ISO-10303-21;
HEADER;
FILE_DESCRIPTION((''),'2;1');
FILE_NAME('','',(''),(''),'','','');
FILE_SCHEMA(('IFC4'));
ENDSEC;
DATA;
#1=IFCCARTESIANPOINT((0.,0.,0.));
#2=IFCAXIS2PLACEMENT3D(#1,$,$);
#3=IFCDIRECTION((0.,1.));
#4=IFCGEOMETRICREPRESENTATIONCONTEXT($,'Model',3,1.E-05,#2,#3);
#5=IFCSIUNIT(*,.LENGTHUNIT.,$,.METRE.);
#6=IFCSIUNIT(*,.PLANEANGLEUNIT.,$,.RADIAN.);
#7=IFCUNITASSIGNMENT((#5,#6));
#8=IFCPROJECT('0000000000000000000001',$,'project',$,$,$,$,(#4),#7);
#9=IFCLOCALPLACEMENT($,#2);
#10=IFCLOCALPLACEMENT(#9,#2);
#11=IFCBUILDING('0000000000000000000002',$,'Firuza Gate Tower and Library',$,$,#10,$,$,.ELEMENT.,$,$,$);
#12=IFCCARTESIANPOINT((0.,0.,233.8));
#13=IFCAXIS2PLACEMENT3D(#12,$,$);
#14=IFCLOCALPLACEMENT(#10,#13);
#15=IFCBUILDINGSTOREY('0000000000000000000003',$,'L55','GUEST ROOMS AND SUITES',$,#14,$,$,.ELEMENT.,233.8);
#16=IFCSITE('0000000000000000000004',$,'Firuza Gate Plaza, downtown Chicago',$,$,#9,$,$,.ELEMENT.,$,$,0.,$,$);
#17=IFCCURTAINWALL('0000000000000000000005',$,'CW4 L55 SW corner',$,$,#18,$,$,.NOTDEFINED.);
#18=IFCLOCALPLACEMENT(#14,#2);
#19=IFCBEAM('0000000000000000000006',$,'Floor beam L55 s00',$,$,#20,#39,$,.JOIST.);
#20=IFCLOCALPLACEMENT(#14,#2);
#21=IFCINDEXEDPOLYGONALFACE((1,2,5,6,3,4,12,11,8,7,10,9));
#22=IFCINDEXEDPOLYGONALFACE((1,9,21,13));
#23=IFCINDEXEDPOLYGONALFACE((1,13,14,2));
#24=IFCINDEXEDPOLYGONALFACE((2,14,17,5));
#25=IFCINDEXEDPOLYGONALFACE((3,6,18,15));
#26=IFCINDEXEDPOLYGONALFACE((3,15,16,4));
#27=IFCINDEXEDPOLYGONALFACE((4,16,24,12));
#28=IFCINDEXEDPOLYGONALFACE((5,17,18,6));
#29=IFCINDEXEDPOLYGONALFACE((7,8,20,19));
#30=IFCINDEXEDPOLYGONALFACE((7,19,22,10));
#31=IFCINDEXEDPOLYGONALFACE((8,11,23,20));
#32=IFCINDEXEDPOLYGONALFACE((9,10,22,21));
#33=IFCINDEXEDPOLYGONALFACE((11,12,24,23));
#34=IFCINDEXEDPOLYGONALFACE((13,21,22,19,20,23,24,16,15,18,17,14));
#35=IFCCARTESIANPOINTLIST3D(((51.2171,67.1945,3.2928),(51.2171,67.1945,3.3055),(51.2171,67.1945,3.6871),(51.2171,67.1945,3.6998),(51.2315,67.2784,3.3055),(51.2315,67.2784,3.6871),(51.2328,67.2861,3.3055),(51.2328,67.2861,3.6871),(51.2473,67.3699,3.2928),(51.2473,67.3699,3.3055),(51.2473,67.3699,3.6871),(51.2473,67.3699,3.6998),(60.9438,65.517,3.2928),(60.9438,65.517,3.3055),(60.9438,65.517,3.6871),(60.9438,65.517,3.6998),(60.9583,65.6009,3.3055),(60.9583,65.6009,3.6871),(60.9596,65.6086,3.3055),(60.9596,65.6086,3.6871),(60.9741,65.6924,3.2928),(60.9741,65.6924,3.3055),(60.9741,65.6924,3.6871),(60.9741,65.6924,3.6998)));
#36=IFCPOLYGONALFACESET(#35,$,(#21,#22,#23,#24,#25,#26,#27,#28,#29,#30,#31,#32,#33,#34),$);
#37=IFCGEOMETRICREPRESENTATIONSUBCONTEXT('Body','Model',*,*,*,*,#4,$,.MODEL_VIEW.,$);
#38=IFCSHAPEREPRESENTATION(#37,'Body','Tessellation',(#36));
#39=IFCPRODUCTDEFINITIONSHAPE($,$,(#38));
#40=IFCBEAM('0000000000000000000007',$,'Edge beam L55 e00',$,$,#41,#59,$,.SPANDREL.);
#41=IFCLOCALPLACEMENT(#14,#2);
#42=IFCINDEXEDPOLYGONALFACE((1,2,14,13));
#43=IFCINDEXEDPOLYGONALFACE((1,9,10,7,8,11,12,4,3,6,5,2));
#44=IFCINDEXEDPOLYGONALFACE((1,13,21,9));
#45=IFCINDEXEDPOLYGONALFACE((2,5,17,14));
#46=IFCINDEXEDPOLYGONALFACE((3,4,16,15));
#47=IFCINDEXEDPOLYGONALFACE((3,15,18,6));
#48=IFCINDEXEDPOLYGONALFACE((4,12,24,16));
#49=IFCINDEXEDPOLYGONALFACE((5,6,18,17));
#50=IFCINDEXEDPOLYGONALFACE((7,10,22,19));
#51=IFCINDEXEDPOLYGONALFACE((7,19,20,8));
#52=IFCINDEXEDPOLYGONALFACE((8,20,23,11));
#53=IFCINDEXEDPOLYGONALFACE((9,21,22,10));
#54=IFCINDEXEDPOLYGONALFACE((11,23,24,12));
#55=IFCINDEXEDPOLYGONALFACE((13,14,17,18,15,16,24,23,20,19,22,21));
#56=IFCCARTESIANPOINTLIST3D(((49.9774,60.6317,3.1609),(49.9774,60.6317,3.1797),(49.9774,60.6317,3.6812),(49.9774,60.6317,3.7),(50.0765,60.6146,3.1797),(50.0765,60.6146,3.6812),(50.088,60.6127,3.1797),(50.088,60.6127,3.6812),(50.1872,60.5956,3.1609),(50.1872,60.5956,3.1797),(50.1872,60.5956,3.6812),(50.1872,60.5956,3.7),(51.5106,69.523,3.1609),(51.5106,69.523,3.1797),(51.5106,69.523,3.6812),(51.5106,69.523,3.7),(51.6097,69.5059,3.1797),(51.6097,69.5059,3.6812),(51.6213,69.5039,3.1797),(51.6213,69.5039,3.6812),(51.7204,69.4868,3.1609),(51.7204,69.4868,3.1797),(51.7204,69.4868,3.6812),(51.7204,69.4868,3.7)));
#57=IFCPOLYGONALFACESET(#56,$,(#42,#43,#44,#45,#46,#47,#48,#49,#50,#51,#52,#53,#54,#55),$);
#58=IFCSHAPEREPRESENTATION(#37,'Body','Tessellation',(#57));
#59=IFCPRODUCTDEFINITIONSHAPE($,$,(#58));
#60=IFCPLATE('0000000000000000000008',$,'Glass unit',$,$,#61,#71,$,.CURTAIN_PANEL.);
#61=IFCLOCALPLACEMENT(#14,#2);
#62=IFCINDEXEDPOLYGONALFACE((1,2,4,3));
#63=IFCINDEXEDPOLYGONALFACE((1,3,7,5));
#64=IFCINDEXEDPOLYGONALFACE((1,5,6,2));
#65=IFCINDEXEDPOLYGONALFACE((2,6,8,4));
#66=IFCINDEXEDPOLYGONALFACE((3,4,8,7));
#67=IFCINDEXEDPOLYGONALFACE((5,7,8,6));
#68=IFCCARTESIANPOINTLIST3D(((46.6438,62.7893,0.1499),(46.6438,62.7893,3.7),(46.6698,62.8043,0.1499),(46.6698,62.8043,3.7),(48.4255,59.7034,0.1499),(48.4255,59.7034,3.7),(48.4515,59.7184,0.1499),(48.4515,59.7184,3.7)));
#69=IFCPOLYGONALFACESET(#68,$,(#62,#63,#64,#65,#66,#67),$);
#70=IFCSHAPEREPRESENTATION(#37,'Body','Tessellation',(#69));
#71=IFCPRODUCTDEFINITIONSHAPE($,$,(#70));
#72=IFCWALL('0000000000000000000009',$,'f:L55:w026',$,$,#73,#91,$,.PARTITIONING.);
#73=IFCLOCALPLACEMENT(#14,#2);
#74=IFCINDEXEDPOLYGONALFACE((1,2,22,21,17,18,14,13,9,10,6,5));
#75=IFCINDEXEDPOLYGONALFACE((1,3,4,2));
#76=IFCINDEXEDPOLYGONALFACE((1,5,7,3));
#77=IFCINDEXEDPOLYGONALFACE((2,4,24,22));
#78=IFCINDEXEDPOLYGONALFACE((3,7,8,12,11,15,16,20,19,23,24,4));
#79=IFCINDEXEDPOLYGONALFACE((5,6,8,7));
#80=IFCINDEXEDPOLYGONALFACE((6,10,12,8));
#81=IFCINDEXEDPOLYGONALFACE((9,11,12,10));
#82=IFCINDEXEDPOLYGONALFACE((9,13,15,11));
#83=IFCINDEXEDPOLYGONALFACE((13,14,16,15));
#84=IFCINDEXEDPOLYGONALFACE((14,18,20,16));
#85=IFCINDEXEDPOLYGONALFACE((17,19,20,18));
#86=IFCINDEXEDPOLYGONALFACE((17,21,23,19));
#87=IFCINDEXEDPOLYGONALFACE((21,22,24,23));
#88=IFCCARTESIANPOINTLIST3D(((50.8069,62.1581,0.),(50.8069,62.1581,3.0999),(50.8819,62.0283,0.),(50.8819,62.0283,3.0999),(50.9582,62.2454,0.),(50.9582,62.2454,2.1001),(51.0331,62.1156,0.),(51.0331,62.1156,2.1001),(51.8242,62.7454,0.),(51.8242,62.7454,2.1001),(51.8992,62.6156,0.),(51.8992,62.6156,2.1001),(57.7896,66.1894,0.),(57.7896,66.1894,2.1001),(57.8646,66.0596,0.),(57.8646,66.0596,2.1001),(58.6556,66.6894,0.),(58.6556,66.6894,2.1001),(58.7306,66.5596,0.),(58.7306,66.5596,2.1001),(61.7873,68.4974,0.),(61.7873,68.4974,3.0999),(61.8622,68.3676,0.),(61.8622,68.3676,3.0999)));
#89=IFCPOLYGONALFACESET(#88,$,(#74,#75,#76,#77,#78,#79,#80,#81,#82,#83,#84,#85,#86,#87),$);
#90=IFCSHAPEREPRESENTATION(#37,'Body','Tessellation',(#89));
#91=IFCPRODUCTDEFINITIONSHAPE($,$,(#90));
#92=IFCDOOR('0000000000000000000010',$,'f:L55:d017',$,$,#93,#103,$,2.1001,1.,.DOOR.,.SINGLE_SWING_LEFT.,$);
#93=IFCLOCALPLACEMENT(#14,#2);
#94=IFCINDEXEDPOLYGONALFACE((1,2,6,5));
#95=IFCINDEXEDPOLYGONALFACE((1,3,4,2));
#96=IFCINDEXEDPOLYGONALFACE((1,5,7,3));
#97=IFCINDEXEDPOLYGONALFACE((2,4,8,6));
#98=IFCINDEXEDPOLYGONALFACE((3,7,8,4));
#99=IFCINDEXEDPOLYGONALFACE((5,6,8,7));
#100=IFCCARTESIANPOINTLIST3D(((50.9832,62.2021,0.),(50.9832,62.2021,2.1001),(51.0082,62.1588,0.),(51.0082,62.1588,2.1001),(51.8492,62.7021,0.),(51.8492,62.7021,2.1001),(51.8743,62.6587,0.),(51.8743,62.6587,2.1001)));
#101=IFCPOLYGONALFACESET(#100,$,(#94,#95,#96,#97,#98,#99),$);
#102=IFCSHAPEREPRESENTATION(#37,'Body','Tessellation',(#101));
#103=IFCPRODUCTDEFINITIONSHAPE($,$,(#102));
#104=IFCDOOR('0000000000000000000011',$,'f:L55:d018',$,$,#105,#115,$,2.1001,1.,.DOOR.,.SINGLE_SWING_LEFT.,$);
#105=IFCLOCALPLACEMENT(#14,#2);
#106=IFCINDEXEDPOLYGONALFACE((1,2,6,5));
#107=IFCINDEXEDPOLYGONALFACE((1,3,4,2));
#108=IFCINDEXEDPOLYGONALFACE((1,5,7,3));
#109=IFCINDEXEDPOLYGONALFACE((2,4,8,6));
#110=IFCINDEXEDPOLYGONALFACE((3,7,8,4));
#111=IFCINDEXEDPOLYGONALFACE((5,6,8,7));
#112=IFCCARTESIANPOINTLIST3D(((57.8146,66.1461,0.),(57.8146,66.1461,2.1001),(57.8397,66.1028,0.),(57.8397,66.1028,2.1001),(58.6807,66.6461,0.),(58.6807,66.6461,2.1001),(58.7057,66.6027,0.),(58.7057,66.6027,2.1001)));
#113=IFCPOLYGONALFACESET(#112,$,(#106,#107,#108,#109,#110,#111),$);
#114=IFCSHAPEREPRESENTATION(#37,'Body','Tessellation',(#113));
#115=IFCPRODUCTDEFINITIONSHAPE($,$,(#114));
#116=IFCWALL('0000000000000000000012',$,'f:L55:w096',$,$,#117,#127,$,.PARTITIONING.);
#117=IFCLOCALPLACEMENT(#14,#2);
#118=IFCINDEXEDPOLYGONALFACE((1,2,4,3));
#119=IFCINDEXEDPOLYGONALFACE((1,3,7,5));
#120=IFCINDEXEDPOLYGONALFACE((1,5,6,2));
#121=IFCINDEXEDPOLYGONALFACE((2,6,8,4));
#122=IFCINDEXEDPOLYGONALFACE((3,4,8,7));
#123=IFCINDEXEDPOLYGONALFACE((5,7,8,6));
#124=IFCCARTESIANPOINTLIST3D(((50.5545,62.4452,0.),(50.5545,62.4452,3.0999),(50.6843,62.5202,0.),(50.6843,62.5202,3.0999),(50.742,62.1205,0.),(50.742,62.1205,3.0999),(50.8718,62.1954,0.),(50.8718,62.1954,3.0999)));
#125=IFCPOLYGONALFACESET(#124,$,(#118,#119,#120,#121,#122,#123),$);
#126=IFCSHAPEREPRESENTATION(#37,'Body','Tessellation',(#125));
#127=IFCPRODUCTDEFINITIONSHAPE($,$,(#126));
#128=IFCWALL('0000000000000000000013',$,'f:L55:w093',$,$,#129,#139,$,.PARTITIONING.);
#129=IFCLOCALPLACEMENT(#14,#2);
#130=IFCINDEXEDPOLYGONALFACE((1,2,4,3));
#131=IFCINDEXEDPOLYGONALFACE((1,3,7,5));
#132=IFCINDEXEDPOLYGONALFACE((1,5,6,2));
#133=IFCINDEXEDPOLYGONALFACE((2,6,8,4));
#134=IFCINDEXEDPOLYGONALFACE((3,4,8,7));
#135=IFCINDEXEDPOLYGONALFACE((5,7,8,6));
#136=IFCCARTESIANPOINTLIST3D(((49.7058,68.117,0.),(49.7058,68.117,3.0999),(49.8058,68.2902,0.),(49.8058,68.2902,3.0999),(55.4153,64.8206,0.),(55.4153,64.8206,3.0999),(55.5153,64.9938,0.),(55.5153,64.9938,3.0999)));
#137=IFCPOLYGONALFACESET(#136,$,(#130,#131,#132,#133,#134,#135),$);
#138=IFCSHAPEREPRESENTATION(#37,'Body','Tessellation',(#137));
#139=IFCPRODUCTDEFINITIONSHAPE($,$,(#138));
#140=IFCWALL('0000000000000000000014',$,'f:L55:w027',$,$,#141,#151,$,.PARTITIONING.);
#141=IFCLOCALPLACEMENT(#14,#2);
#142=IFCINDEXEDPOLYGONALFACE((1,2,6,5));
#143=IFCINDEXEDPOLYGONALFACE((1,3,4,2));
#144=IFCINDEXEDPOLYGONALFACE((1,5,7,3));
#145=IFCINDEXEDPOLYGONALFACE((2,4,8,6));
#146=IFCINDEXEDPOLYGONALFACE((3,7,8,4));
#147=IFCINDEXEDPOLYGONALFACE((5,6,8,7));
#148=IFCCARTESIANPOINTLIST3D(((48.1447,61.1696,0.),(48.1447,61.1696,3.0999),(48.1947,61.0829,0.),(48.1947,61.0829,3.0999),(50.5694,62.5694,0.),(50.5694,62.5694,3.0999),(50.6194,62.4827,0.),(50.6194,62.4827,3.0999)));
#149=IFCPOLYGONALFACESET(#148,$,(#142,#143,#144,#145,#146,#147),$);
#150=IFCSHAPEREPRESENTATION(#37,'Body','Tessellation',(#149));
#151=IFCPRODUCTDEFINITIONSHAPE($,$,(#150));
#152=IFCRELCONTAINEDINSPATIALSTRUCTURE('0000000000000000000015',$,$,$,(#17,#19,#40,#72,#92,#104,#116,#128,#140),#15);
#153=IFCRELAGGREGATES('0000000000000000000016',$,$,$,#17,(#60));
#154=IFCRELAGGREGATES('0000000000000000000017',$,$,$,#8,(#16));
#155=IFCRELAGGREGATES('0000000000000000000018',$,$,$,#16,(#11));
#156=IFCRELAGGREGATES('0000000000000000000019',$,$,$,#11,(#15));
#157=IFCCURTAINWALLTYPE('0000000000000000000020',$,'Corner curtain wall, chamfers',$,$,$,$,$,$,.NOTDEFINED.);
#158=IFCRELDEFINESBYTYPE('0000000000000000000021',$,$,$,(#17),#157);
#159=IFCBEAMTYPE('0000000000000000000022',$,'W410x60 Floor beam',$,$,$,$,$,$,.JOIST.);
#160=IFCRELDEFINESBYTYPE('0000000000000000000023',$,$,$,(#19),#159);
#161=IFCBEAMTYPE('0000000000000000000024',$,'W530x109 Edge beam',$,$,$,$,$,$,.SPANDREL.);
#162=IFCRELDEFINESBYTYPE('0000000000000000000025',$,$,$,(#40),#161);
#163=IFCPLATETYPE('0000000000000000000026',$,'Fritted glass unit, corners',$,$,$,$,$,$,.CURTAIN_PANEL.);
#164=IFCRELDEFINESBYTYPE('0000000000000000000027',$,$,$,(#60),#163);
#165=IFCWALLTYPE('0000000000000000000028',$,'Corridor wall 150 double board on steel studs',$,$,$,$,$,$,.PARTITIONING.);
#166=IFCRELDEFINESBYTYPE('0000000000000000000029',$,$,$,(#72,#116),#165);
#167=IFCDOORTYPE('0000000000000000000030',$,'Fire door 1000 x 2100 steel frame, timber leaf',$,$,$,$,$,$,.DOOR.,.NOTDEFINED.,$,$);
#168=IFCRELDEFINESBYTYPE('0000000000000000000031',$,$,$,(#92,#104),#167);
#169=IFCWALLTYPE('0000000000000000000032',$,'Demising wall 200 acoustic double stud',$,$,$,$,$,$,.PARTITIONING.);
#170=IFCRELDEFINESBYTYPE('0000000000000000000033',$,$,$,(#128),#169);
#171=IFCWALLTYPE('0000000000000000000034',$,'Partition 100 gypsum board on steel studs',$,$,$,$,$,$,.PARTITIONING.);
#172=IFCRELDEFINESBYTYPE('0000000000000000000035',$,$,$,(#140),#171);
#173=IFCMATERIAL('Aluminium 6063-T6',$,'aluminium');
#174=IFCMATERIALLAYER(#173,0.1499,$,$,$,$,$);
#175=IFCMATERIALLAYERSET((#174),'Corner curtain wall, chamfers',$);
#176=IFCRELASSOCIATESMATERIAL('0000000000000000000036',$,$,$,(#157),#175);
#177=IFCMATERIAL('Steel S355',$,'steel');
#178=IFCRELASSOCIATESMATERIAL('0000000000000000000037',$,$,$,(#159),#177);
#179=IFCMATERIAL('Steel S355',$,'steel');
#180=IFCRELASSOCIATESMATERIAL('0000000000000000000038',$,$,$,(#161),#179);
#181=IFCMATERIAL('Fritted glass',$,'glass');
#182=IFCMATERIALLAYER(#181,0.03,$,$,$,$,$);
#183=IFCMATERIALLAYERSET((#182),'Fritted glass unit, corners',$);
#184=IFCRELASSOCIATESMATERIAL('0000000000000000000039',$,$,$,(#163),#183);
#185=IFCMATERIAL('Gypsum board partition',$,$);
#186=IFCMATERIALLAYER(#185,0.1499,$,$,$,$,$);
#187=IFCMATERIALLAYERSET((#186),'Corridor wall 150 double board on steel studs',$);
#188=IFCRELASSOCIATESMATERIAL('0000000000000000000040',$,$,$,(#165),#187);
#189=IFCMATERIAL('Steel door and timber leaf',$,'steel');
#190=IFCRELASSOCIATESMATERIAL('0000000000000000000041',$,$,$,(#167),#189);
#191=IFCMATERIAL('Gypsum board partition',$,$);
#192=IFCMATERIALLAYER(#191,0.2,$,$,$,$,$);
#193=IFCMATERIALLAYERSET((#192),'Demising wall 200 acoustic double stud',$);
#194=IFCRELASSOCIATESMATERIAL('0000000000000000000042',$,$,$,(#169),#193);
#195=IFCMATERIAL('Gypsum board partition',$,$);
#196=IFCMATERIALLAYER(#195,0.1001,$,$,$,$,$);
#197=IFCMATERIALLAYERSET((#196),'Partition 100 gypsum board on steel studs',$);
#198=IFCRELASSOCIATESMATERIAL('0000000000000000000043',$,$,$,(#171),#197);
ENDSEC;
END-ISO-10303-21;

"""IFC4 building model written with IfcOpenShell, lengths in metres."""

from ifc_helpers import new_model, si_unit, direction, frame, frame_2d, origin, origin_2d, place, context, subcontext, project, spatial, polyline, rectangle, i_section, outline, extrude, material, layer, layer_set, material_profile, profile_set, type_object, element, fill, aggregate, save


model = new_model("IFC4")

# Units and contexts
model_context = context("Model", 3, precision=1e-05, world=origin(), true_north=direction((0.0, 1.0)))
body_context = subcontext(model_context, "Body", "Model", "MODEL_VIEW")
ifc_project = project(units=[si_unit("LENGTHUNIT", "METRE"), si_unit("PLANEANGLEUNIT", "RADIAN")], contexts=[model_context])

# Site, building, storey
site_placement = place(None, origin())
site = spatial("IfcSite", under=ifc_project, at=site_placement, Name="Firuza Gate Plaza, downtown Chicago", CompositionType="ELEMENT", RefElevation=0.0)
building_placement = place(site_placement, origin())
building = spatial("IfcBuilding", under=site, at=building_placement, Name="Firuza Gate Tower and Library", CompositionType="ELEMENT")
storey_placement = place(building_placement, frame((0.0, 0.0, 233.8)))
storey = spatial("IfcBuildingStorey", under=building, at=storey_placement, Name="L55", Description="GUEST ROOMS AND SUITES", CompositionType="ELEMENT", Elevation=233.8)

# Curtain wall
ifc_material_1 = material(Name="Aluminium 6063-T6", Category="aluminium")
ifc_layer_1 = layer(ifc_material_1, 0.1499)
ifc_layer_set_1 = layer_set([ifc_layer_1], Name="Corner curtain wall, chamfers")
curtain_wall_type = type_object("IfcCurtainWallType", Name="Corner curtain wall, chamfers", PredefinedType="NOTDEFINED", material=ifc_layer_set_1)
curtain_wall_placement = place(storey_placement, origin())
curtain_wall = element("IfcCurtainWall", 1, at=curtain_wall_placement, inside=storey, type_object=curtain_wall_type, Name="CW4 L55 SW corner", PredefinedType="NOTDEFINED")

# Beams
ifc_material_2 = material(Name="Steel S355", Category="steel")
ifc_material_profile_1 = material_profile(ifc_material_2, i_section(OverallWidth=0.178, OverallDepth=0.407, WebThickness=0.0078, FlangeThickness=0.0127, at=origin_2d()))
ifc_profile_set_1 = profile_set([ifc_material_profile_1], Name="Steel S355")
beam_type_1 = type_object("IfcBeamType", Name="W410x60 Floor beam", PredefinedType="JOIST", material=ifc_profile_set_1)
beam_1_placement = place(storey_placement, frame((51.2322, 67.2822, 3.4963), z_axis=(0.985452, -0.169952, 0.0), x_axis=(0.169952, 0.985452, 0.0)))
element("IfcBeam", 2, at=beam_1_placement, inside=storey, type_object=beam_type_1, Name="Floor beam L55 s00", PredefinedType="JOIST", context=body_context, shape_type="SweptSolid", body=[
    extrude(i_section(OverallWidth=0.178, OverallDepth=0.407, WebThickness=0.0078, FlangeThickness=0.0127, at=origin_2d()), origin(), (0.0, 0.0, 1.0), 9.8704),
])
ifc_material_3 = material(Name="Steel S355", Category="steel")
ifc_material_profile_2 = material_profile(ifc_material_3, i_section(OverallWidth=0.2129, OverallDepth=0.5391, WebThickness=0.0117, FlangeThickness=0.0188, at=origin_2d()))
ifc_profile_set_2 = profile_set([ifc_material_profile_2], Name="Steel S355")
beam_type_2 = type_object("IfcBeamType", Name="W530x109 Edge beam", PredefinedType="SPANDREL", material=ifc_profile_set_2)
beam_2_placement = place(storey_placement, frame((51.6155, 69.5049, 3.4304), z_axis=(-0.169934, -0.985455, 0.0), x_axis=(0.985455, -0.169934, 0.0)))
element("IfcBeam", 3, at=beam_2_placement, inside=storey, type_object=beam_type_2, Name="Edge beam L55 e00", PredefinedType="SPANDREL", context=body_context, shape_type="SweptSolid", body=[
    extrude(i_section(OverallWidth=0.2129, OverallDepth=0.5391, WebThickness=0.0117, FlangeThickness=0.0188, at=origin_2d()), origin(), (0.0, 0.0, 1.0), 9.0225),
])

# Plate
ifc_material_4 = material(Name="Fritted glass", Category="glass")
ifc_layer_2 = layer(ifc_material_4, 0.03)
ifc_layer_set_2 = layer_set([ifc_layer_2], Name="Fritted glass unit, corners")
plate_type = type_object("IfcPlateType", Name="Fritted glass unit, corners", PredefinedType="CURTAIN_PANEL", material=ifc_layer_set_2)
plate_placement = place(storey_placement, frame((46.6438, 62.7893, 0.1499), z_axis=(-0.866017, -0.500015, 0.0), x_axis=(0.500015, -0.866017, 0.0)))
plate = element("IfcPlate", 4, at=plate_placement, type_object=plate_type, Name="Glass unit", PredefinedType="CURTAIN_PANEL", context=body_context, shape_type="SweptSolid", body=[
    extrude(outline(polyline([(0.0, 0.0), (3.5634, 0.0), (3.5634, 3.55), (0.0, 3.55), (0.0, 0.0)])), origin(), (0.0, 0.0, -1.0), 0.03),
])
aggregate(curtain_wall, [plate])

# Wall, openings, doors
ifc_material_5 = material(Name="Gypsum board partition")
ifc_layer_3 = layer(ifc_material_5, 0.1499)
ifc_layer_set_3 = layer_set([ifc_layer_3], Name="Corridor wall 150 double board on steel studs")
wall_type_1 = type_object("IfcWallType", Name="Corridor wall 150 double board on steel studs", PredefinedType="PARTITIONING", material=ifc_layer_set_3)
wall_1_placement = place(storey_placement, frame((50.8445, 62.0933, 0.0), z_axis=(0.0, 0.0, 1.0), x_axis=(0.866033, 0.499987, 0.0)))
wall_1 = element("IfcWall", 5, at=wall_1_placement, inside=storey, type_object=wall_type_1, Name="f:L55:w026", PredefinedType="PARTITIONING", context=body_context, shape_type="SweptSolid", body=[
    extrude(rectangle(XDim=12.679, YDim=0.1499, at=frame_2d((6.3394, 0.0))), origin(), (0.0, 0.0, 1.0), 3.0999),
])
opening_1_placement = place(wall_1_placement, frame((0.1746, 0.0, 0.0)))
opening_1 = element("IfcOpeningElement", 6, at=opening_1_placement, cuts=wall_1, PredefinedType="OPENING", context=body_context, shape_type="SweptSolid", body=[
    extrude(rectangle(XDim=1.0, YDim=2.1001, at=frame_2d((0.5, 1.05))), frame((0.0, 0.085, 0.0), z_axis=(0.0, -1.0, 0.0), x_axis=(1.0, 0.0, 0.0)), (0.0, 0.0, 1.0), 0.1699),
])
opening_2_placement = place(wall_1_placement, frame((8.0627, 0.0, 0.0)))
opening_2 = element("IfcOpeningElement", 7, at=opening_2_placement, cuts=wall_1, PredefinedType="OPENING", context=body_context, shape_type="SweptSolid", body=[
    extrude(rectangle(XDim=1.0, YDim=2.1001, at=frame_2d((0.5, 1.05))), frame((0.0, 0.085, 0.0), z_axis=(0.0, -1.0, 0.0), x_axis=(1.0, 0.0, 0.0)), (0.0, 0.0, 1.0), 0.1699),
])
ifc_material_6 = material(Name="Steel door and timber leaf", Category="steel")
door_type_1 = type_object("IfcDoorType", Name="Fire door 1000 x 2100 steel frame, timber leaf", OperationType="NOTDEFINED", PredefinedType="DOOR", material=ifc_material_6)
door_1_placement = place(opening_1_placement, origin())
door_1 = element("IfcDoor", 8, at=door_1_placement, inside=storey, type_object=door_type_1, Name="f:L55:d017", OperationType="SINGLE_SWING_LEFT", OverallHeight=2.1001, OverallWidth=1.0, PredefinedType="DOOR", context=body_context, shape_type="SweptSolid", body=[
    extrude(rectangle(XDim=1.0, YDim=2.1001, at=frame_2d((0.5, 1.05))), frame((0.0, 0.0249, 0.0), z_axis=(0.0, -1.0, 0.0), x_axis=(1.0, 0.0, 0.0)), (0.0, 0.0, 1.0), 0.05),
])
fill(opening_1, door_1)
door_2_placement = place(opening_2_placement, origin())
door_2 = element("IfcDoor", 9, at=door_2_placement, inside=storey, type_object=door_type_1, Name="f:L55:d018", OperationType="SINGLE_SWING_LEFT", OverallHeight=2.1001, OverallWidth=1.0, PredefinedType="DOOR", context=body_context, shape_type="SweptSolid", body=[
    extrude(rectangle(XDim=1.0, YDim=2.1001, at=frame_2d((0.5, 1.05))), frame((0.0, 0.0249, 0.0), z_axis=(0.0, -1.0, 0.0), x_axis=(1.0, 0.0, 0.0)), (0.0, 0.0, 1.0), 0.05),
])
fill(opening_2, door_2)

# Walls
wall_2_placement = place(storey_placement, frame((50.8069, 62.158, 0.0), z_axis=(0.0, 0.0, 1.0), x_axis=(-0.500061, 0.86599, 0.0)))
element("IfcWall", 10, at=wall_2_placement, inside=storey, type_object=wall_type_1, Name="f:L55:w096", PredefinedType="PARTITIONING", context=body_context, shape_type="SweptSolid", body=[
    extrude(rectangle(XDim=0.375, YDim=0.1499, at=frame_2d((0.1875, 0.0))), origin(), (0.0, 0.0, 1.0), 3.0999),
])
ifc_material_7 = material(Name="Gypsum board partition")
ifc_layer_4 = layer(ifc_material_7, 0.2)
ifc_layer_set_4 = layer_set([ifc_layer_4], Name="Demising wall 200 acoustic double stud")
wall_type_2 = type_object("IfcWallType", Name="Demising wall 200 acoustic double stud", PredefinedType="PARTITIONING", material=ifc_layer_set_4)
wall_3_placement = place(storey_placement, frame((55.4653, 64.9072, 0.0), z_axis=(0.0, 0.0, 1.0), x_axis=(-0.866024, 0.500002, 0.0)))
element("IfcWall", 11, at=wall_3_placement, inside=storey, type_object=wall_type_2, Name="f:L55:w093", PredefinedType="PARTITIONING", context=body_context, shape_type="SweptSolid", body=[
    extrude(rectangle(XDim=6.5928, YDim=0.2, at=frame_2d((3.2964, 0.0))), origin(), (0.0, 0.0, 1.0), 3.0999),
])
ifc_material_8 = material(Name="Gypsum board partition")
ifc_layer_5 = layer(ifc_material_8, 0.1001)
ifc_layer_set_5 = layer_set([ifc_layer_5], Name="Partition 100 gypsum board on steel studs")
wall_type_3 = type_object("IfcWallType", Name="Partition 100 gypsum board on steel studs", PredefinedType="PARTITIONING", material=ifc_layer_set_5)
wall_4_placement = place(storey_placement, frame((48.1697, 61.1262, 0.0), z_axis=(0.0, 0.0, 1.0), x_axis=(0.866035, 0.499984, 0.0)))
element("IfcWall", 12, at=wall_4_placement, inside=storey, type_object=wall_type_3, Name="f:L55:w027", PredefinedType="PARTITIONING", context=body_context, shape_type="SweptSolid", body=[
    extrude(rectangle(XDim=2.7998, YDim=0.1001, at=frame_2d((1.3999, 0.0))), origin(), (0.0, 0.0, 1.0), 3.0999),
])

save(model, "model.ifc")
